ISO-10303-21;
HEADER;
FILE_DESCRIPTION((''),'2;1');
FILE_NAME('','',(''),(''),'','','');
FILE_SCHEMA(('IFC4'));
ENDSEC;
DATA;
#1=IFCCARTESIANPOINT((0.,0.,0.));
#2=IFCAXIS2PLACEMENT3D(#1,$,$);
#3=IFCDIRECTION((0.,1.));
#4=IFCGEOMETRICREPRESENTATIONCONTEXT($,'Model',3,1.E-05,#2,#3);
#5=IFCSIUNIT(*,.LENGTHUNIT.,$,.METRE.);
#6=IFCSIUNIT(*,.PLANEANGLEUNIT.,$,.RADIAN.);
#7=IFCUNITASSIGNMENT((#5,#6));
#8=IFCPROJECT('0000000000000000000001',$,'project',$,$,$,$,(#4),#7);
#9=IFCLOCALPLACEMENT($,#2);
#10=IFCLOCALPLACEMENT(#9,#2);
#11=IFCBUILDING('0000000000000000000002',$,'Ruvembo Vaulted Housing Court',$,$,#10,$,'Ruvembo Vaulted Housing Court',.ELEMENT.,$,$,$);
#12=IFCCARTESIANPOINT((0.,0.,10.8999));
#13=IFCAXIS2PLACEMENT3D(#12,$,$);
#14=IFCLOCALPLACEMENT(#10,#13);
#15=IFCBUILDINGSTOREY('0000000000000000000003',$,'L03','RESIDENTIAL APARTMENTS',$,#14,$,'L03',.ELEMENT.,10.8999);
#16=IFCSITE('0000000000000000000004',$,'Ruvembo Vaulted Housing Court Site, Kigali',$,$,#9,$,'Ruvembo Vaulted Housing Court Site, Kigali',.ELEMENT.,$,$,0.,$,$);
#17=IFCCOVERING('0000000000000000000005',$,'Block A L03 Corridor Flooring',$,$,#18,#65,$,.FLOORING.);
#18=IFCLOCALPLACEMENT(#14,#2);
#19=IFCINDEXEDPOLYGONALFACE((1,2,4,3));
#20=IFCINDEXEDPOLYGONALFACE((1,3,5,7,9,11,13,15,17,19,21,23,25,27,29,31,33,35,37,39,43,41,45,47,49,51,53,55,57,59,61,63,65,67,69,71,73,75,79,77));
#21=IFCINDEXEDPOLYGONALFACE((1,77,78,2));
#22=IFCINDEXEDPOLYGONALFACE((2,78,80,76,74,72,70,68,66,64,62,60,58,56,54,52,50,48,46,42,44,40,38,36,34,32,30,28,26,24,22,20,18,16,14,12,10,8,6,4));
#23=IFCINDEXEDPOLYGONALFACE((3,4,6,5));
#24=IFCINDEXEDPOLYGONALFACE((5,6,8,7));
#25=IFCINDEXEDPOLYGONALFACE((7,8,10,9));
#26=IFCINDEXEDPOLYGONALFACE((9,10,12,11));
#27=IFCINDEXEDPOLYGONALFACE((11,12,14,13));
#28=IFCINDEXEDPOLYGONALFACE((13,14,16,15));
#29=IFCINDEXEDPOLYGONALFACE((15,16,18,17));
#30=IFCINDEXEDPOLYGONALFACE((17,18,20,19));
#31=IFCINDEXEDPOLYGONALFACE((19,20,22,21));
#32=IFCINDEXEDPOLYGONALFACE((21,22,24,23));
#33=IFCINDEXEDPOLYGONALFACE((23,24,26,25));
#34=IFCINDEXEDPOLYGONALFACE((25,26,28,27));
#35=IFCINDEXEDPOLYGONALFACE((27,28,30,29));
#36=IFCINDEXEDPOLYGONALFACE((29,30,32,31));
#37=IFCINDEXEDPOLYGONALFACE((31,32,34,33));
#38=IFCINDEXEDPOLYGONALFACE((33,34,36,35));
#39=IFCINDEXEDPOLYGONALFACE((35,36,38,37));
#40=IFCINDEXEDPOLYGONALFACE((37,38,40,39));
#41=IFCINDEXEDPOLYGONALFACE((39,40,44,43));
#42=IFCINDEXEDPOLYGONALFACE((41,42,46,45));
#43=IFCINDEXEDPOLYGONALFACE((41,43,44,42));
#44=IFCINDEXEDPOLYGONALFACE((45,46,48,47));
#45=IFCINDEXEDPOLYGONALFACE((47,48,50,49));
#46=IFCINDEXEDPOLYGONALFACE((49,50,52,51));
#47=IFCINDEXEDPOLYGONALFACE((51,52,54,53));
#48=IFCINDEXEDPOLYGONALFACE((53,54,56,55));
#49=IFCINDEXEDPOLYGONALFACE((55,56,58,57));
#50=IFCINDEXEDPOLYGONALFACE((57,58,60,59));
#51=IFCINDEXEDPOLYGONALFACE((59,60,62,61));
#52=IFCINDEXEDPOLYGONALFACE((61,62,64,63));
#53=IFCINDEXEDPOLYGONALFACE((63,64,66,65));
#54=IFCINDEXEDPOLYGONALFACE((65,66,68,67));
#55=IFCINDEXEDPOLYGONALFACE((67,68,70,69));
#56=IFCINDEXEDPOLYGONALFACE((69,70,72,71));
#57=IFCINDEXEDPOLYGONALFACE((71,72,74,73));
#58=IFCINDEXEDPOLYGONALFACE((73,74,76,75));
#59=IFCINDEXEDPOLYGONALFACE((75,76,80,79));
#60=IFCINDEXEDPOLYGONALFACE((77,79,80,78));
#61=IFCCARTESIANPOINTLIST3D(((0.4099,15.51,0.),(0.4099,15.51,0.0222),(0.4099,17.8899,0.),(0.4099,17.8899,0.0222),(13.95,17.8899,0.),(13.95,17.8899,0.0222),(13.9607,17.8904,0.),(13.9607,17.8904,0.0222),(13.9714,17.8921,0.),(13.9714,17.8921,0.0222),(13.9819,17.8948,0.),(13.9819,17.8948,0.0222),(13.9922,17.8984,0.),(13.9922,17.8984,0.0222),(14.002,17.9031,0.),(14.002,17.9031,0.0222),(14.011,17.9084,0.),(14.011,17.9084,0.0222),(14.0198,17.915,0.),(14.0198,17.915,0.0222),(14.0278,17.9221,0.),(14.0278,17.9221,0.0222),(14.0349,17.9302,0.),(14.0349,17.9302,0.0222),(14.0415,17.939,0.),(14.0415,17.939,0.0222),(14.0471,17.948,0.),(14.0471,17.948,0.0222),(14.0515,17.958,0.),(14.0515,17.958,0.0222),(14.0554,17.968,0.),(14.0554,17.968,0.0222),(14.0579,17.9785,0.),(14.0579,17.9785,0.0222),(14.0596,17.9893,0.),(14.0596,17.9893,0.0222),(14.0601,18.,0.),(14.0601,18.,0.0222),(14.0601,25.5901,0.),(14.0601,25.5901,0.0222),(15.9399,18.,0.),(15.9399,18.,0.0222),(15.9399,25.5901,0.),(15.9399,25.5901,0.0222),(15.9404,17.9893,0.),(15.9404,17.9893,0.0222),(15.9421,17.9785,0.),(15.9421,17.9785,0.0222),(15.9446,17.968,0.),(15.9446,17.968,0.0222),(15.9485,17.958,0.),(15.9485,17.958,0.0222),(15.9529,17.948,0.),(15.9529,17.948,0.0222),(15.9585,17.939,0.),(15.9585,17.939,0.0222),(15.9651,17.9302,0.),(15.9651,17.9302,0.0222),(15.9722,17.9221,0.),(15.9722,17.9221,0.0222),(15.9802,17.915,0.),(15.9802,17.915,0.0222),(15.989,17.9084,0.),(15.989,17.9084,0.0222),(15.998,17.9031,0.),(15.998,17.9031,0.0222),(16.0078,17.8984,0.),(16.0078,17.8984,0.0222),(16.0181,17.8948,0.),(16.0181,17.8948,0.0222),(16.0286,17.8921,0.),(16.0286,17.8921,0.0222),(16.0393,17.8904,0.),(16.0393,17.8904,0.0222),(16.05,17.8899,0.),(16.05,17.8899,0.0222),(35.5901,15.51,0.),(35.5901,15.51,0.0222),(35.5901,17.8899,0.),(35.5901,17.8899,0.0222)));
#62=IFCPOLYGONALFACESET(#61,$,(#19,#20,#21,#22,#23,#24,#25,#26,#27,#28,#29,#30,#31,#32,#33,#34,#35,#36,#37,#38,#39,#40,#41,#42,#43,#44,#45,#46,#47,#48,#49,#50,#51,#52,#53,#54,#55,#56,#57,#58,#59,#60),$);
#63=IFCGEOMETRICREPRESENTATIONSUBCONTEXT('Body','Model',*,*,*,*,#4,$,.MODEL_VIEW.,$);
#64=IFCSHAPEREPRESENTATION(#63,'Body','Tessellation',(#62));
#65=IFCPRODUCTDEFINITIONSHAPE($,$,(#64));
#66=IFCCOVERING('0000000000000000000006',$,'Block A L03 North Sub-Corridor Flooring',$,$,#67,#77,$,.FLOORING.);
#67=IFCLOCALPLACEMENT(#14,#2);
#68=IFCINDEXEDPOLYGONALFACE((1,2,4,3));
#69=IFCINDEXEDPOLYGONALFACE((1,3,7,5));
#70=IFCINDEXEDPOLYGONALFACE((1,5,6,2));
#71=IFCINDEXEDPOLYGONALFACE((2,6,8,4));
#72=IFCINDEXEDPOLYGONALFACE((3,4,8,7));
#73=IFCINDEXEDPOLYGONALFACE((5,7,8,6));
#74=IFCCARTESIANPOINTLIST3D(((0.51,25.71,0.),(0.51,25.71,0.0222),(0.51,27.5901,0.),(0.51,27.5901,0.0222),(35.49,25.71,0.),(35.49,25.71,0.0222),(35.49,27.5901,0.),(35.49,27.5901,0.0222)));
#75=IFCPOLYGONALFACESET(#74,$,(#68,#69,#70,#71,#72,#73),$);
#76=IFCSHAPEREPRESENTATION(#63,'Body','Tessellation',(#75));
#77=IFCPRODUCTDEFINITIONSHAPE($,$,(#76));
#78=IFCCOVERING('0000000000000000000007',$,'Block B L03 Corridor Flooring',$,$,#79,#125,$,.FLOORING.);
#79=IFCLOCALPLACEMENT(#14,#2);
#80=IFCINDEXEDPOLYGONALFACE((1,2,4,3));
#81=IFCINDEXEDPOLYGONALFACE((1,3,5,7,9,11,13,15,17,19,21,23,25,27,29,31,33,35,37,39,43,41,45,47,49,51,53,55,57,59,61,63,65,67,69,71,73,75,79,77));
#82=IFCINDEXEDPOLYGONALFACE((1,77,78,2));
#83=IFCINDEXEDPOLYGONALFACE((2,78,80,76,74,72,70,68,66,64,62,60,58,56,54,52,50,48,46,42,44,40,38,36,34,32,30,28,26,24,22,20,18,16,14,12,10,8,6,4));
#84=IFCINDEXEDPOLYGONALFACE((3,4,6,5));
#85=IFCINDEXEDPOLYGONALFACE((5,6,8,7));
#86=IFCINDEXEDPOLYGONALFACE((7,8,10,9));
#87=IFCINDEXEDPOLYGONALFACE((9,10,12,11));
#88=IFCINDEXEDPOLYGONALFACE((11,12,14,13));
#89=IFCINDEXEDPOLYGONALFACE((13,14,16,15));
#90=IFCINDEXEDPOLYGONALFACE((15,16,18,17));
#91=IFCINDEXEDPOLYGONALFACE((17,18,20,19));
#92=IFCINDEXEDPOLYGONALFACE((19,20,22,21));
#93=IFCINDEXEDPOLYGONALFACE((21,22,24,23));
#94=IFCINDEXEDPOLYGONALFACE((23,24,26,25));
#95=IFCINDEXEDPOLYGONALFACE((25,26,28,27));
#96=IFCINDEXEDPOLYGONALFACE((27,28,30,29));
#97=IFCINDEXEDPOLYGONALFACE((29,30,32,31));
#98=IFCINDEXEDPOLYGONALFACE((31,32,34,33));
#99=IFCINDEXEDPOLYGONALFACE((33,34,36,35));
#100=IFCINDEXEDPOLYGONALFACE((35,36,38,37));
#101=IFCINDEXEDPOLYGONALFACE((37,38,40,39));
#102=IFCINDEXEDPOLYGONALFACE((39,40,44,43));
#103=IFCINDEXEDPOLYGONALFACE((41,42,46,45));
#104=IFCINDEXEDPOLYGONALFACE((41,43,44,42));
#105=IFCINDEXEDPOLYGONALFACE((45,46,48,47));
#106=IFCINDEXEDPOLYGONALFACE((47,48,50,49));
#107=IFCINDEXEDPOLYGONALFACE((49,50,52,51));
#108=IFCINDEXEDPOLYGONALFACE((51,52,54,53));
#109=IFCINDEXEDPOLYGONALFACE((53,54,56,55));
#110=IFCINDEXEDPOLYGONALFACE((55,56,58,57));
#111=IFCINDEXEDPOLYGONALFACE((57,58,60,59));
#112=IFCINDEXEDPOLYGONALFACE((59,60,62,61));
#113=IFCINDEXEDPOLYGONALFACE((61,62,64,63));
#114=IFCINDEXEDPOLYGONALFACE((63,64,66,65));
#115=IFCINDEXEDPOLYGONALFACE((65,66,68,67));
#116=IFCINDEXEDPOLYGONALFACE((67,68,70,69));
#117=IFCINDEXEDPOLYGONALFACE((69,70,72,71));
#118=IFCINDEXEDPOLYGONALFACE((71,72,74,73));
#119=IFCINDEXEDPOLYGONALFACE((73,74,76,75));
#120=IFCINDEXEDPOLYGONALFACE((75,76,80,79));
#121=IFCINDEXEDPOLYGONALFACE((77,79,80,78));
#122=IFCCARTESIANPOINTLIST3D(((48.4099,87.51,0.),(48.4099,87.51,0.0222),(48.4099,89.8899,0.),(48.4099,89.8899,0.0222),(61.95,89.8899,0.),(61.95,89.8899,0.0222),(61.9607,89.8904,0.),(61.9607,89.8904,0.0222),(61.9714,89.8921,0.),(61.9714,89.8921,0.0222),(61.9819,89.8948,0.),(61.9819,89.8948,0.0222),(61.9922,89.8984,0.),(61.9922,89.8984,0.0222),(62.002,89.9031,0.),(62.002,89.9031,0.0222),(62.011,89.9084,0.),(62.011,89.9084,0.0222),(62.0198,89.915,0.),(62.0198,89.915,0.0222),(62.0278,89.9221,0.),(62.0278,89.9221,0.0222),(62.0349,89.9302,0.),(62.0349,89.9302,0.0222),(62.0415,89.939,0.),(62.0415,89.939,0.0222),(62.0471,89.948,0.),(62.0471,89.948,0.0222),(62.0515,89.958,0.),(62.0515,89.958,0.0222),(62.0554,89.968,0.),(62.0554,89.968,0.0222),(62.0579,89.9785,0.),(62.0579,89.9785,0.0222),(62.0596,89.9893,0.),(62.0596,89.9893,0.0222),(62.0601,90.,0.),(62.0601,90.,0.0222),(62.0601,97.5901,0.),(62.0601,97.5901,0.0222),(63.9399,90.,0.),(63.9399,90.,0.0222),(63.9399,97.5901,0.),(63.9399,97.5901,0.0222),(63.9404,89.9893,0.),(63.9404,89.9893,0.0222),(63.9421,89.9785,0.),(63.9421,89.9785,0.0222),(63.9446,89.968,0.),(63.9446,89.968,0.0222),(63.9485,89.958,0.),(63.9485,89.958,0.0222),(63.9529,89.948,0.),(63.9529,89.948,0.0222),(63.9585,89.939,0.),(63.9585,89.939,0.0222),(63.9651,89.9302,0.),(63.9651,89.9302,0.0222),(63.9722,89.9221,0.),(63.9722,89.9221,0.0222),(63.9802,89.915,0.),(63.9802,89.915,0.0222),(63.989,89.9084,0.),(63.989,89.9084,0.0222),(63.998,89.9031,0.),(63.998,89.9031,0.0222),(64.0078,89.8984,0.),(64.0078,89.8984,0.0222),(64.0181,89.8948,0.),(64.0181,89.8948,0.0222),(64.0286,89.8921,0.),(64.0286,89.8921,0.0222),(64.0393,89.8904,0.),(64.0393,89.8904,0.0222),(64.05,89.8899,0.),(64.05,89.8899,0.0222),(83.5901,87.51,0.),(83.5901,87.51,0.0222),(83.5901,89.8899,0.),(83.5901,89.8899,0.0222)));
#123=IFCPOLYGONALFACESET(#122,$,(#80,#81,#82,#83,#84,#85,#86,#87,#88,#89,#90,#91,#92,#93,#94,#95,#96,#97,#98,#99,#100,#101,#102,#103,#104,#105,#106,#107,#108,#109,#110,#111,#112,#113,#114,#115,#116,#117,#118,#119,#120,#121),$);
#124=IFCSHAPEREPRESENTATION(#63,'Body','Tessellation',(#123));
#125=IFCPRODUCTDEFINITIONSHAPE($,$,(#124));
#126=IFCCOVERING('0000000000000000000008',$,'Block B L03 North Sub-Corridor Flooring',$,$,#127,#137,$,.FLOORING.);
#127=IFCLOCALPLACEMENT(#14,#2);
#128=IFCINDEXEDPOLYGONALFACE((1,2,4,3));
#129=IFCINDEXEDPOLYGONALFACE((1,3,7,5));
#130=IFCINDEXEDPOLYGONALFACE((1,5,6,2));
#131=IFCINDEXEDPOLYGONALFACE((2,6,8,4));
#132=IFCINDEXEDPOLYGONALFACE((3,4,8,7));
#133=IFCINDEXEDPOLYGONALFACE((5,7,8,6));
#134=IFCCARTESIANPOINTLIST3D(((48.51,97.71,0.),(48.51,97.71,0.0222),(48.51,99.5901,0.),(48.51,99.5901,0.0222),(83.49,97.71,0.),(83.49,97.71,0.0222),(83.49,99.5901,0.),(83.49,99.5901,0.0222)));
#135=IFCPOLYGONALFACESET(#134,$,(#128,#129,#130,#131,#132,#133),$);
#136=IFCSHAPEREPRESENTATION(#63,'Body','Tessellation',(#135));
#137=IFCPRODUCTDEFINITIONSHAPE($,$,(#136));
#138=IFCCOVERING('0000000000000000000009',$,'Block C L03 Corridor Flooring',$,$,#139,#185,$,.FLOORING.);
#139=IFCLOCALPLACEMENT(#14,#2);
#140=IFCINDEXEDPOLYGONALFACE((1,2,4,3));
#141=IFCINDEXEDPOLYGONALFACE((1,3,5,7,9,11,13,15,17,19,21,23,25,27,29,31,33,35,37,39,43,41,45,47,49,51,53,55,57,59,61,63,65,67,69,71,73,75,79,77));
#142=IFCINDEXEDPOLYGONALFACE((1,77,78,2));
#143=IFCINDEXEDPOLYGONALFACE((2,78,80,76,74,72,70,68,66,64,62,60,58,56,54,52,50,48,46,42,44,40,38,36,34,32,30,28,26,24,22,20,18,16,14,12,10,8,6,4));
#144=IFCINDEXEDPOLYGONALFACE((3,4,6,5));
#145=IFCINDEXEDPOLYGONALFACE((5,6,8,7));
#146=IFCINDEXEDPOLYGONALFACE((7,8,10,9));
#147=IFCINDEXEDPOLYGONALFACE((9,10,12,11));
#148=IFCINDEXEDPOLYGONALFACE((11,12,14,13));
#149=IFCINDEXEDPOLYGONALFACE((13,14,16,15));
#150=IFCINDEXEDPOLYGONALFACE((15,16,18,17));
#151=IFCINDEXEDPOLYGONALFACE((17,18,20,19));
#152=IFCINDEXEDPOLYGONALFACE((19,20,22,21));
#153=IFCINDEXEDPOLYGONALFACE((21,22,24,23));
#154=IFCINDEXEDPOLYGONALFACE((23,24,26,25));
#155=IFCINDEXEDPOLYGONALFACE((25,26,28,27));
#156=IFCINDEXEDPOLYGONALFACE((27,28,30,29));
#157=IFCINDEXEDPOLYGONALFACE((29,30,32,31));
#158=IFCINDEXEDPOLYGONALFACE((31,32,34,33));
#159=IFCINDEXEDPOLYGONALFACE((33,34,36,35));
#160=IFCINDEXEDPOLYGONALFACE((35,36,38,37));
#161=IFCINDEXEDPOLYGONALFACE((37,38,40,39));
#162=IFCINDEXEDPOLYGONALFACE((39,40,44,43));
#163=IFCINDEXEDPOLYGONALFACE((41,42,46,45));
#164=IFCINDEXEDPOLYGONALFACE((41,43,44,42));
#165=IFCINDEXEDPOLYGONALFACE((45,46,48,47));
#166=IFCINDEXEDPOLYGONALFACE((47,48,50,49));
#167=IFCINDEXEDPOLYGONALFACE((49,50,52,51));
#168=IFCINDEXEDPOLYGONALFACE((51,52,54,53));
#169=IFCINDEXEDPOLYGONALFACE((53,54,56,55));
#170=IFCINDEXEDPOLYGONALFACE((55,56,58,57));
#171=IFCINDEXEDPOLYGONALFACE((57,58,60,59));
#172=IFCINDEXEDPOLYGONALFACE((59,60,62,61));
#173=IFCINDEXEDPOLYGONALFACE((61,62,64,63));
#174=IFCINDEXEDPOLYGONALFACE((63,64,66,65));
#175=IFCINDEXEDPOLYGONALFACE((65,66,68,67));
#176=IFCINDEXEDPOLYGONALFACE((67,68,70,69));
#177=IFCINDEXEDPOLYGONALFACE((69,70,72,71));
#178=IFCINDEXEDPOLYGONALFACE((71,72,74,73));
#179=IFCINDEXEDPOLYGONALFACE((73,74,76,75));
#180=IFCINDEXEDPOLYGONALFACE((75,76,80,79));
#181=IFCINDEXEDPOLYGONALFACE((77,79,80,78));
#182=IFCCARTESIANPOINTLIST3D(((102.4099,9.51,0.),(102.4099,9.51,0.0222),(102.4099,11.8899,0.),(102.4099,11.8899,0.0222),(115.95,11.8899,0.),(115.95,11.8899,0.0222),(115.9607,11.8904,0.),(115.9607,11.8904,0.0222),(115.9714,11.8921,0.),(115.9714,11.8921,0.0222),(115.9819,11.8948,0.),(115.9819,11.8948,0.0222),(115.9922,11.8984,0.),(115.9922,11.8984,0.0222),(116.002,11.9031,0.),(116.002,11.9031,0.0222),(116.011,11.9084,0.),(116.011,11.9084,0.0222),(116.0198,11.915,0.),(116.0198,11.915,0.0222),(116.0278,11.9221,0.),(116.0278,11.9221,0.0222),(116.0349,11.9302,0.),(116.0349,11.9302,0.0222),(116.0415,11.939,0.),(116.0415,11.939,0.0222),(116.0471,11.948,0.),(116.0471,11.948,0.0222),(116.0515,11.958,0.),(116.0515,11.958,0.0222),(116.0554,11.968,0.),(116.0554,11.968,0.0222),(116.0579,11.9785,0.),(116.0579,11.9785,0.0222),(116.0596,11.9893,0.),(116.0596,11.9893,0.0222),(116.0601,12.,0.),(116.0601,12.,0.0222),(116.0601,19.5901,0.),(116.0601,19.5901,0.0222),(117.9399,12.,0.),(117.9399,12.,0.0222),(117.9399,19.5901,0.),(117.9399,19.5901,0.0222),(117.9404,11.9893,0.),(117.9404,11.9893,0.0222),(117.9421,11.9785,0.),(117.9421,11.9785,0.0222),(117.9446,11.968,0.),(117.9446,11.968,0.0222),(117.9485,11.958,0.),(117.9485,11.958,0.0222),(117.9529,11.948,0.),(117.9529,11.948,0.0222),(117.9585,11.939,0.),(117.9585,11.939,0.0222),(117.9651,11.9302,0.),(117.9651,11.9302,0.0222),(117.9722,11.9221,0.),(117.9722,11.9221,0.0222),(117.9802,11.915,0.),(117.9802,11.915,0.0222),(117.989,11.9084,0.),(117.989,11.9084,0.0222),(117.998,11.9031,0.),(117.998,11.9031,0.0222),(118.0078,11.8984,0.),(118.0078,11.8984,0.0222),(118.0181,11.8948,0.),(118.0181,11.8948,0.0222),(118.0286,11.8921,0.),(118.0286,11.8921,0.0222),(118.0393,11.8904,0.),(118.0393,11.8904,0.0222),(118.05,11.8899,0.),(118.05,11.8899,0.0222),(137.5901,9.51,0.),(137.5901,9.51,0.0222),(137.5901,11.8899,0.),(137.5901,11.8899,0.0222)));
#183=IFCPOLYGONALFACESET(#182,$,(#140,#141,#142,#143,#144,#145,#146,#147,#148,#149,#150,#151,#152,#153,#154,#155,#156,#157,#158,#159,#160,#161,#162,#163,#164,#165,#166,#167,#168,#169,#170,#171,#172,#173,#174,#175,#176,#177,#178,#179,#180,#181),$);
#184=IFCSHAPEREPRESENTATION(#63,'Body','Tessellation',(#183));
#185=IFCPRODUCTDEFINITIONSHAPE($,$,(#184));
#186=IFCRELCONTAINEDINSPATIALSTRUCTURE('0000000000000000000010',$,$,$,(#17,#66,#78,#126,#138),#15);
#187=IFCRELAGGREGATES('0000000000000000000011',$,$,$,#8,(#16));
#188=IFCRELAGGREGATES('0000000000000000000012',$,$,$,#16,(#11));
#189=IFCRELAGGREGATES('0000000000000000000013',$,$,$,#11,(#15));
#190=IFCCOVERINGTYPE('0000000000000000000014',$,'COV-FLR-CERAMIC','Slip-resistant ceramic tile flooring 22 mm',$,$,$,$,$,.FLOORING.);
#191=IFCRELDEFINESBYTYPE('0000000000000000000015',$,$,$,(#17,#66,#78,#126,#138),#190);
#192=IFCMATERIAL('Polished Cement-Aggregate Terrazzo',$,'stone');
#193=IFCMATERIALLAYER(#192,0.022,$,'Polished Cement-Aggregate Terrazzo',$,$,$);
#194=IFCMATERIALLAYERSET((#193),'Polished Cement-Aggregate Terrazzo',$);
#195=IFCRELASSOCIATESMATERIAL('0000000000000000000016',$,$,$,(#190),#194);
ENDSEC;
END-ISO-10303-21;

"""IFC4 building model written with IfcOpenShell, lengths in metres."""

from ifc_helpers import new_model, si_unit, direction, frame, origin, place, context, subcontext, project, spatial, polyline, outline, extrude, material, layer, layer_set, type_object, element, save


model = new_model("IFC4")

# Units and contexts
model_context = context("Model", 3, precision=1e-05, world=origin(), true_north=direction((0.0, 1.0)))
body_context = subcontext(model_context, "Body", "Model", "MODEL_VIEW")
ifc_project = project(units=[si_unit("LENGTHUNIT", "METRE"), si_unit("PLANEANGLEUNIT", "RADIAN")], contexts=[model_context])

# Site, building, storey
site_placement = place(None, origin())
site = spatial("IfcSite", under=ifc_project, at=site_placement, Name="Ruvembo Vaulted Housing Court Site, Kigali", LongName="Ruvembo Vaulted Housing Court Site, Kigali", CompositionType="ELEMENT", RefElevation=0.0)
building_placement = place(site_placement, origin())
building = spatial("IfcBuilding", under=site, at=building_placement, Name="Ruvembo Vaulted Housing Court", LongName="Ruvembo Vaulted Housing Court", CompositionType="ELEMENT")
storey_placement = place(building_placement, frame((0.0, 0.0, 10.8999)))
storey = spatial("IfcBuildingStorey", under=building, at=storey_placement, Name="L03", Description="RESIDENTIAL APARTMENTS", LongName="L03", CompositionType="ELEMENT", Elevation=10.8999)

# Coverings
ifc_material_1 = material(Name="Polished Cement-Aggregate Terrazzo", Category="stone")
ifc_layer_1 = layer(ifc_material_1, 0.022, Name="Polished Cement-Aggregate Terrazzo")
ifc_layer_set_1 = layer_set([ifc_layer_1], Name="Polished Cement-Aggregate Terrazzo")
covering_type_1 = type_object("IfcCoveringType", Name="COV-FLR-CERAMIC", Description="Slip-resistant ceramic tile flooring 22 mm", PredefinedType="FLOORING", material=ifc_layer_set_1)
covering_1_placement = place(storey_placement, origin())
element("IfcCovering", 1, at=covering_1_placement, inside=storey, type_object=covering_type_1, Name="Block A L03 Corridor Flooring", PredefinedType="FLOORING", context=body_context, shape_type="SweptSolid", body=[
    extrude(outline(polyline([(35.5901, 15.51), (35.5901, 17.8899), (16.05, 17.8899), (16.0393, 17.8904), (16.0286, 17.8921), (16.0181, 17.8948), (16.0078, 17.8984), (15.998, 17.9031), (15.989, 17.9084), (15.9802, 17.915), (15.9722, 17.9221), (15.9651, 17.9302), (15.9585, 17.939), (15.9529, 17.948), (15.9485, 17.958), (15.9446, 17.968), (15.9421, 17.9785), (15.9404, 17.9893), (15.9399, 18.0), (15.9399, 25.5901), (14.0601, 25.5901), (14.0601, 18.0), (14.0596, 17.9893), (14.0579, 17.9785), (14.0554, 17.968), (14.0515, 17.958), (14.0471, 17.948), (14.0415, 17.939), (14.0349, 17.9302), (14.0278, 17.9221), (14.0198, 17.915), (14.011, 17.9084), (14.002, 17.9031), (13.9922, 17.8984), (13.9819, 17.8948), (13.9714, 17.8921), (13.9607, 17.8904), (13.95, 17.8899), (0.4099, 17.8899), (0.4099, 15.51), (35.5901, 15.51)])), origin(), (0.0, 0.0, 1.0), 0.0222),
])
covering_2_placement = place(storey_placement, origin())
element("IfcCovering", 2, at=covering_2_placement, inside=storey, type_object=covering_type_1, Name="Block A L03 North Sub-Corridor Flooring", PredefinedType="FLOORING", context=body_context, shape_type="SweptSolid", body=[
    extrude(outline(polyline([(0.51, 25.71), (35.49, 25.71), (35.49, 27.5901), (0.51, 27.5901), (0.51, 25.71)])), origin(), (0.0, 0.0, 1.0), 0.0222),
])
covering_3_placement = place(storey_placement, origin())
element("IfcCovering", 3, at=covering_3_placement, inside=storey, type_object=covering_type_1, Name="Block B L03 Corridor Flooring", PredefinedType="FLOORING", context=body_context, shape_type="SweptSolid", body=[
    extrude(outline(polyline([(83.5901, 87.51), (83.5901, 89.8899), (64.05, 89.8899), (64.0393, 89.8904), (64.0286, 89.8921), (64.0181, 89.8948), (64.0078, 89.8984), (63.998, 89.9031), (63.989, 89.9084), (63.9802, 89.915), (63.9722, 89.9221), (63.9651, 89.9302), (63.9585, 89.939), (63.9529, 89.948), (63.9485, 89.958), (63.9446, 89.968), (63.9421, 89.9785), (63.9404, 89.9893), (63.9399, 90.0), (63.9399, 97.5901), (62.0601, 97.5901), (62.0601, 90.0), (62.0596, 89.9893), (62.0579, 89.9785), (62.0554, 89.968), (62.0515, 89.958), (62.0471, 89.948), (62.0415, 89.939), (62.0349, 89.9302), (62.0278, 89.9221), (62.0198, 89.915), (62.011, 89.9084), (62.002, 89.9031), (61.9922, 89.8984), (61.9819, 89.8948), (61.9714, 89.8921), (61.9607, 89.8904), (61.95, 89.8899), (48.4099, 89.8899), (48.4099, 87.51), (83.5901, 87.51)])), origin(), (0.0, 0.0, 1.0), 0.0222),
])
covering_4_placement = place(storey_placement, origin())
element("IfcCovering", 4, at=covering_4_placement, inside=storey, type_object=covering_type_1, Name="Block B L03 North Sub-Corridor Flooring", PredefinedType="FLOORING", context=body_context, shape_type="SweptSolid", body=[
    extrude(outline(polyline([(48.51, 97.71), (83.49, 97.71), (83.49, 99.5901), (48.51, 99.5901), (48.51, 97.71)])), origin(), (0.0, 0.0, 1.0), 0.0222),
])
covering_5_placement = place(storey_placement, origin())
element("IfcCovering", 5, at=covering_5_placement, inside=storey, type_object=covering_type_1, Name="Block C L03 Corridor Flooring", PredefinedType="FLOORING", context=body_context, shape_type="SweptSolid", body=[
    extrude(outline(polyline([(137.5901, 9.51), (137.5901, 11.8899), (118.05, 11.8899), (118.0393, 11.8904), (118.0286, 11.8921), (118.0181, 11.8948), (118.0078, 11.8984), (117.998, 11.9031), (117.989, 11.9084), (117.9802, 11.915), (117.9722, 11.9221), (117.9651, 11.9302), (117.9585, 11.939), (117.9529, 11.948), (117.9485, 11.958), (117.9446, 11.968), (117.9421, 11.9785), (117.9404, 11.9893), (117.9399, 12.0), (117.9399, 19.5901), (116.0601, 19.5901), (116.0601, 12.0), (116.0596, 11.9893), (116.0579, 11.9785), (116.0554, 11.968), (116.0515, 11.958), (116.0471, 11.948), (116.0415, 11.939), (116.0349, 11.9302), (116.0278, 11.9221), (116.0198, 11.915), (116.011, 11.9084), (116.002, 11.9031), (115.9922, 11.8984), (115.9819, 11.8948), (115.9714, 11.8921), (115.9607, 11.8904), (115.95, 11.8899), (102.4099, 11.8899), (102.4099, 9.51), (137.5901, 9.51)])), origin(), (0.0, 0.0, 1.0), 0.0222),
])

save(model, "model.ifc")
